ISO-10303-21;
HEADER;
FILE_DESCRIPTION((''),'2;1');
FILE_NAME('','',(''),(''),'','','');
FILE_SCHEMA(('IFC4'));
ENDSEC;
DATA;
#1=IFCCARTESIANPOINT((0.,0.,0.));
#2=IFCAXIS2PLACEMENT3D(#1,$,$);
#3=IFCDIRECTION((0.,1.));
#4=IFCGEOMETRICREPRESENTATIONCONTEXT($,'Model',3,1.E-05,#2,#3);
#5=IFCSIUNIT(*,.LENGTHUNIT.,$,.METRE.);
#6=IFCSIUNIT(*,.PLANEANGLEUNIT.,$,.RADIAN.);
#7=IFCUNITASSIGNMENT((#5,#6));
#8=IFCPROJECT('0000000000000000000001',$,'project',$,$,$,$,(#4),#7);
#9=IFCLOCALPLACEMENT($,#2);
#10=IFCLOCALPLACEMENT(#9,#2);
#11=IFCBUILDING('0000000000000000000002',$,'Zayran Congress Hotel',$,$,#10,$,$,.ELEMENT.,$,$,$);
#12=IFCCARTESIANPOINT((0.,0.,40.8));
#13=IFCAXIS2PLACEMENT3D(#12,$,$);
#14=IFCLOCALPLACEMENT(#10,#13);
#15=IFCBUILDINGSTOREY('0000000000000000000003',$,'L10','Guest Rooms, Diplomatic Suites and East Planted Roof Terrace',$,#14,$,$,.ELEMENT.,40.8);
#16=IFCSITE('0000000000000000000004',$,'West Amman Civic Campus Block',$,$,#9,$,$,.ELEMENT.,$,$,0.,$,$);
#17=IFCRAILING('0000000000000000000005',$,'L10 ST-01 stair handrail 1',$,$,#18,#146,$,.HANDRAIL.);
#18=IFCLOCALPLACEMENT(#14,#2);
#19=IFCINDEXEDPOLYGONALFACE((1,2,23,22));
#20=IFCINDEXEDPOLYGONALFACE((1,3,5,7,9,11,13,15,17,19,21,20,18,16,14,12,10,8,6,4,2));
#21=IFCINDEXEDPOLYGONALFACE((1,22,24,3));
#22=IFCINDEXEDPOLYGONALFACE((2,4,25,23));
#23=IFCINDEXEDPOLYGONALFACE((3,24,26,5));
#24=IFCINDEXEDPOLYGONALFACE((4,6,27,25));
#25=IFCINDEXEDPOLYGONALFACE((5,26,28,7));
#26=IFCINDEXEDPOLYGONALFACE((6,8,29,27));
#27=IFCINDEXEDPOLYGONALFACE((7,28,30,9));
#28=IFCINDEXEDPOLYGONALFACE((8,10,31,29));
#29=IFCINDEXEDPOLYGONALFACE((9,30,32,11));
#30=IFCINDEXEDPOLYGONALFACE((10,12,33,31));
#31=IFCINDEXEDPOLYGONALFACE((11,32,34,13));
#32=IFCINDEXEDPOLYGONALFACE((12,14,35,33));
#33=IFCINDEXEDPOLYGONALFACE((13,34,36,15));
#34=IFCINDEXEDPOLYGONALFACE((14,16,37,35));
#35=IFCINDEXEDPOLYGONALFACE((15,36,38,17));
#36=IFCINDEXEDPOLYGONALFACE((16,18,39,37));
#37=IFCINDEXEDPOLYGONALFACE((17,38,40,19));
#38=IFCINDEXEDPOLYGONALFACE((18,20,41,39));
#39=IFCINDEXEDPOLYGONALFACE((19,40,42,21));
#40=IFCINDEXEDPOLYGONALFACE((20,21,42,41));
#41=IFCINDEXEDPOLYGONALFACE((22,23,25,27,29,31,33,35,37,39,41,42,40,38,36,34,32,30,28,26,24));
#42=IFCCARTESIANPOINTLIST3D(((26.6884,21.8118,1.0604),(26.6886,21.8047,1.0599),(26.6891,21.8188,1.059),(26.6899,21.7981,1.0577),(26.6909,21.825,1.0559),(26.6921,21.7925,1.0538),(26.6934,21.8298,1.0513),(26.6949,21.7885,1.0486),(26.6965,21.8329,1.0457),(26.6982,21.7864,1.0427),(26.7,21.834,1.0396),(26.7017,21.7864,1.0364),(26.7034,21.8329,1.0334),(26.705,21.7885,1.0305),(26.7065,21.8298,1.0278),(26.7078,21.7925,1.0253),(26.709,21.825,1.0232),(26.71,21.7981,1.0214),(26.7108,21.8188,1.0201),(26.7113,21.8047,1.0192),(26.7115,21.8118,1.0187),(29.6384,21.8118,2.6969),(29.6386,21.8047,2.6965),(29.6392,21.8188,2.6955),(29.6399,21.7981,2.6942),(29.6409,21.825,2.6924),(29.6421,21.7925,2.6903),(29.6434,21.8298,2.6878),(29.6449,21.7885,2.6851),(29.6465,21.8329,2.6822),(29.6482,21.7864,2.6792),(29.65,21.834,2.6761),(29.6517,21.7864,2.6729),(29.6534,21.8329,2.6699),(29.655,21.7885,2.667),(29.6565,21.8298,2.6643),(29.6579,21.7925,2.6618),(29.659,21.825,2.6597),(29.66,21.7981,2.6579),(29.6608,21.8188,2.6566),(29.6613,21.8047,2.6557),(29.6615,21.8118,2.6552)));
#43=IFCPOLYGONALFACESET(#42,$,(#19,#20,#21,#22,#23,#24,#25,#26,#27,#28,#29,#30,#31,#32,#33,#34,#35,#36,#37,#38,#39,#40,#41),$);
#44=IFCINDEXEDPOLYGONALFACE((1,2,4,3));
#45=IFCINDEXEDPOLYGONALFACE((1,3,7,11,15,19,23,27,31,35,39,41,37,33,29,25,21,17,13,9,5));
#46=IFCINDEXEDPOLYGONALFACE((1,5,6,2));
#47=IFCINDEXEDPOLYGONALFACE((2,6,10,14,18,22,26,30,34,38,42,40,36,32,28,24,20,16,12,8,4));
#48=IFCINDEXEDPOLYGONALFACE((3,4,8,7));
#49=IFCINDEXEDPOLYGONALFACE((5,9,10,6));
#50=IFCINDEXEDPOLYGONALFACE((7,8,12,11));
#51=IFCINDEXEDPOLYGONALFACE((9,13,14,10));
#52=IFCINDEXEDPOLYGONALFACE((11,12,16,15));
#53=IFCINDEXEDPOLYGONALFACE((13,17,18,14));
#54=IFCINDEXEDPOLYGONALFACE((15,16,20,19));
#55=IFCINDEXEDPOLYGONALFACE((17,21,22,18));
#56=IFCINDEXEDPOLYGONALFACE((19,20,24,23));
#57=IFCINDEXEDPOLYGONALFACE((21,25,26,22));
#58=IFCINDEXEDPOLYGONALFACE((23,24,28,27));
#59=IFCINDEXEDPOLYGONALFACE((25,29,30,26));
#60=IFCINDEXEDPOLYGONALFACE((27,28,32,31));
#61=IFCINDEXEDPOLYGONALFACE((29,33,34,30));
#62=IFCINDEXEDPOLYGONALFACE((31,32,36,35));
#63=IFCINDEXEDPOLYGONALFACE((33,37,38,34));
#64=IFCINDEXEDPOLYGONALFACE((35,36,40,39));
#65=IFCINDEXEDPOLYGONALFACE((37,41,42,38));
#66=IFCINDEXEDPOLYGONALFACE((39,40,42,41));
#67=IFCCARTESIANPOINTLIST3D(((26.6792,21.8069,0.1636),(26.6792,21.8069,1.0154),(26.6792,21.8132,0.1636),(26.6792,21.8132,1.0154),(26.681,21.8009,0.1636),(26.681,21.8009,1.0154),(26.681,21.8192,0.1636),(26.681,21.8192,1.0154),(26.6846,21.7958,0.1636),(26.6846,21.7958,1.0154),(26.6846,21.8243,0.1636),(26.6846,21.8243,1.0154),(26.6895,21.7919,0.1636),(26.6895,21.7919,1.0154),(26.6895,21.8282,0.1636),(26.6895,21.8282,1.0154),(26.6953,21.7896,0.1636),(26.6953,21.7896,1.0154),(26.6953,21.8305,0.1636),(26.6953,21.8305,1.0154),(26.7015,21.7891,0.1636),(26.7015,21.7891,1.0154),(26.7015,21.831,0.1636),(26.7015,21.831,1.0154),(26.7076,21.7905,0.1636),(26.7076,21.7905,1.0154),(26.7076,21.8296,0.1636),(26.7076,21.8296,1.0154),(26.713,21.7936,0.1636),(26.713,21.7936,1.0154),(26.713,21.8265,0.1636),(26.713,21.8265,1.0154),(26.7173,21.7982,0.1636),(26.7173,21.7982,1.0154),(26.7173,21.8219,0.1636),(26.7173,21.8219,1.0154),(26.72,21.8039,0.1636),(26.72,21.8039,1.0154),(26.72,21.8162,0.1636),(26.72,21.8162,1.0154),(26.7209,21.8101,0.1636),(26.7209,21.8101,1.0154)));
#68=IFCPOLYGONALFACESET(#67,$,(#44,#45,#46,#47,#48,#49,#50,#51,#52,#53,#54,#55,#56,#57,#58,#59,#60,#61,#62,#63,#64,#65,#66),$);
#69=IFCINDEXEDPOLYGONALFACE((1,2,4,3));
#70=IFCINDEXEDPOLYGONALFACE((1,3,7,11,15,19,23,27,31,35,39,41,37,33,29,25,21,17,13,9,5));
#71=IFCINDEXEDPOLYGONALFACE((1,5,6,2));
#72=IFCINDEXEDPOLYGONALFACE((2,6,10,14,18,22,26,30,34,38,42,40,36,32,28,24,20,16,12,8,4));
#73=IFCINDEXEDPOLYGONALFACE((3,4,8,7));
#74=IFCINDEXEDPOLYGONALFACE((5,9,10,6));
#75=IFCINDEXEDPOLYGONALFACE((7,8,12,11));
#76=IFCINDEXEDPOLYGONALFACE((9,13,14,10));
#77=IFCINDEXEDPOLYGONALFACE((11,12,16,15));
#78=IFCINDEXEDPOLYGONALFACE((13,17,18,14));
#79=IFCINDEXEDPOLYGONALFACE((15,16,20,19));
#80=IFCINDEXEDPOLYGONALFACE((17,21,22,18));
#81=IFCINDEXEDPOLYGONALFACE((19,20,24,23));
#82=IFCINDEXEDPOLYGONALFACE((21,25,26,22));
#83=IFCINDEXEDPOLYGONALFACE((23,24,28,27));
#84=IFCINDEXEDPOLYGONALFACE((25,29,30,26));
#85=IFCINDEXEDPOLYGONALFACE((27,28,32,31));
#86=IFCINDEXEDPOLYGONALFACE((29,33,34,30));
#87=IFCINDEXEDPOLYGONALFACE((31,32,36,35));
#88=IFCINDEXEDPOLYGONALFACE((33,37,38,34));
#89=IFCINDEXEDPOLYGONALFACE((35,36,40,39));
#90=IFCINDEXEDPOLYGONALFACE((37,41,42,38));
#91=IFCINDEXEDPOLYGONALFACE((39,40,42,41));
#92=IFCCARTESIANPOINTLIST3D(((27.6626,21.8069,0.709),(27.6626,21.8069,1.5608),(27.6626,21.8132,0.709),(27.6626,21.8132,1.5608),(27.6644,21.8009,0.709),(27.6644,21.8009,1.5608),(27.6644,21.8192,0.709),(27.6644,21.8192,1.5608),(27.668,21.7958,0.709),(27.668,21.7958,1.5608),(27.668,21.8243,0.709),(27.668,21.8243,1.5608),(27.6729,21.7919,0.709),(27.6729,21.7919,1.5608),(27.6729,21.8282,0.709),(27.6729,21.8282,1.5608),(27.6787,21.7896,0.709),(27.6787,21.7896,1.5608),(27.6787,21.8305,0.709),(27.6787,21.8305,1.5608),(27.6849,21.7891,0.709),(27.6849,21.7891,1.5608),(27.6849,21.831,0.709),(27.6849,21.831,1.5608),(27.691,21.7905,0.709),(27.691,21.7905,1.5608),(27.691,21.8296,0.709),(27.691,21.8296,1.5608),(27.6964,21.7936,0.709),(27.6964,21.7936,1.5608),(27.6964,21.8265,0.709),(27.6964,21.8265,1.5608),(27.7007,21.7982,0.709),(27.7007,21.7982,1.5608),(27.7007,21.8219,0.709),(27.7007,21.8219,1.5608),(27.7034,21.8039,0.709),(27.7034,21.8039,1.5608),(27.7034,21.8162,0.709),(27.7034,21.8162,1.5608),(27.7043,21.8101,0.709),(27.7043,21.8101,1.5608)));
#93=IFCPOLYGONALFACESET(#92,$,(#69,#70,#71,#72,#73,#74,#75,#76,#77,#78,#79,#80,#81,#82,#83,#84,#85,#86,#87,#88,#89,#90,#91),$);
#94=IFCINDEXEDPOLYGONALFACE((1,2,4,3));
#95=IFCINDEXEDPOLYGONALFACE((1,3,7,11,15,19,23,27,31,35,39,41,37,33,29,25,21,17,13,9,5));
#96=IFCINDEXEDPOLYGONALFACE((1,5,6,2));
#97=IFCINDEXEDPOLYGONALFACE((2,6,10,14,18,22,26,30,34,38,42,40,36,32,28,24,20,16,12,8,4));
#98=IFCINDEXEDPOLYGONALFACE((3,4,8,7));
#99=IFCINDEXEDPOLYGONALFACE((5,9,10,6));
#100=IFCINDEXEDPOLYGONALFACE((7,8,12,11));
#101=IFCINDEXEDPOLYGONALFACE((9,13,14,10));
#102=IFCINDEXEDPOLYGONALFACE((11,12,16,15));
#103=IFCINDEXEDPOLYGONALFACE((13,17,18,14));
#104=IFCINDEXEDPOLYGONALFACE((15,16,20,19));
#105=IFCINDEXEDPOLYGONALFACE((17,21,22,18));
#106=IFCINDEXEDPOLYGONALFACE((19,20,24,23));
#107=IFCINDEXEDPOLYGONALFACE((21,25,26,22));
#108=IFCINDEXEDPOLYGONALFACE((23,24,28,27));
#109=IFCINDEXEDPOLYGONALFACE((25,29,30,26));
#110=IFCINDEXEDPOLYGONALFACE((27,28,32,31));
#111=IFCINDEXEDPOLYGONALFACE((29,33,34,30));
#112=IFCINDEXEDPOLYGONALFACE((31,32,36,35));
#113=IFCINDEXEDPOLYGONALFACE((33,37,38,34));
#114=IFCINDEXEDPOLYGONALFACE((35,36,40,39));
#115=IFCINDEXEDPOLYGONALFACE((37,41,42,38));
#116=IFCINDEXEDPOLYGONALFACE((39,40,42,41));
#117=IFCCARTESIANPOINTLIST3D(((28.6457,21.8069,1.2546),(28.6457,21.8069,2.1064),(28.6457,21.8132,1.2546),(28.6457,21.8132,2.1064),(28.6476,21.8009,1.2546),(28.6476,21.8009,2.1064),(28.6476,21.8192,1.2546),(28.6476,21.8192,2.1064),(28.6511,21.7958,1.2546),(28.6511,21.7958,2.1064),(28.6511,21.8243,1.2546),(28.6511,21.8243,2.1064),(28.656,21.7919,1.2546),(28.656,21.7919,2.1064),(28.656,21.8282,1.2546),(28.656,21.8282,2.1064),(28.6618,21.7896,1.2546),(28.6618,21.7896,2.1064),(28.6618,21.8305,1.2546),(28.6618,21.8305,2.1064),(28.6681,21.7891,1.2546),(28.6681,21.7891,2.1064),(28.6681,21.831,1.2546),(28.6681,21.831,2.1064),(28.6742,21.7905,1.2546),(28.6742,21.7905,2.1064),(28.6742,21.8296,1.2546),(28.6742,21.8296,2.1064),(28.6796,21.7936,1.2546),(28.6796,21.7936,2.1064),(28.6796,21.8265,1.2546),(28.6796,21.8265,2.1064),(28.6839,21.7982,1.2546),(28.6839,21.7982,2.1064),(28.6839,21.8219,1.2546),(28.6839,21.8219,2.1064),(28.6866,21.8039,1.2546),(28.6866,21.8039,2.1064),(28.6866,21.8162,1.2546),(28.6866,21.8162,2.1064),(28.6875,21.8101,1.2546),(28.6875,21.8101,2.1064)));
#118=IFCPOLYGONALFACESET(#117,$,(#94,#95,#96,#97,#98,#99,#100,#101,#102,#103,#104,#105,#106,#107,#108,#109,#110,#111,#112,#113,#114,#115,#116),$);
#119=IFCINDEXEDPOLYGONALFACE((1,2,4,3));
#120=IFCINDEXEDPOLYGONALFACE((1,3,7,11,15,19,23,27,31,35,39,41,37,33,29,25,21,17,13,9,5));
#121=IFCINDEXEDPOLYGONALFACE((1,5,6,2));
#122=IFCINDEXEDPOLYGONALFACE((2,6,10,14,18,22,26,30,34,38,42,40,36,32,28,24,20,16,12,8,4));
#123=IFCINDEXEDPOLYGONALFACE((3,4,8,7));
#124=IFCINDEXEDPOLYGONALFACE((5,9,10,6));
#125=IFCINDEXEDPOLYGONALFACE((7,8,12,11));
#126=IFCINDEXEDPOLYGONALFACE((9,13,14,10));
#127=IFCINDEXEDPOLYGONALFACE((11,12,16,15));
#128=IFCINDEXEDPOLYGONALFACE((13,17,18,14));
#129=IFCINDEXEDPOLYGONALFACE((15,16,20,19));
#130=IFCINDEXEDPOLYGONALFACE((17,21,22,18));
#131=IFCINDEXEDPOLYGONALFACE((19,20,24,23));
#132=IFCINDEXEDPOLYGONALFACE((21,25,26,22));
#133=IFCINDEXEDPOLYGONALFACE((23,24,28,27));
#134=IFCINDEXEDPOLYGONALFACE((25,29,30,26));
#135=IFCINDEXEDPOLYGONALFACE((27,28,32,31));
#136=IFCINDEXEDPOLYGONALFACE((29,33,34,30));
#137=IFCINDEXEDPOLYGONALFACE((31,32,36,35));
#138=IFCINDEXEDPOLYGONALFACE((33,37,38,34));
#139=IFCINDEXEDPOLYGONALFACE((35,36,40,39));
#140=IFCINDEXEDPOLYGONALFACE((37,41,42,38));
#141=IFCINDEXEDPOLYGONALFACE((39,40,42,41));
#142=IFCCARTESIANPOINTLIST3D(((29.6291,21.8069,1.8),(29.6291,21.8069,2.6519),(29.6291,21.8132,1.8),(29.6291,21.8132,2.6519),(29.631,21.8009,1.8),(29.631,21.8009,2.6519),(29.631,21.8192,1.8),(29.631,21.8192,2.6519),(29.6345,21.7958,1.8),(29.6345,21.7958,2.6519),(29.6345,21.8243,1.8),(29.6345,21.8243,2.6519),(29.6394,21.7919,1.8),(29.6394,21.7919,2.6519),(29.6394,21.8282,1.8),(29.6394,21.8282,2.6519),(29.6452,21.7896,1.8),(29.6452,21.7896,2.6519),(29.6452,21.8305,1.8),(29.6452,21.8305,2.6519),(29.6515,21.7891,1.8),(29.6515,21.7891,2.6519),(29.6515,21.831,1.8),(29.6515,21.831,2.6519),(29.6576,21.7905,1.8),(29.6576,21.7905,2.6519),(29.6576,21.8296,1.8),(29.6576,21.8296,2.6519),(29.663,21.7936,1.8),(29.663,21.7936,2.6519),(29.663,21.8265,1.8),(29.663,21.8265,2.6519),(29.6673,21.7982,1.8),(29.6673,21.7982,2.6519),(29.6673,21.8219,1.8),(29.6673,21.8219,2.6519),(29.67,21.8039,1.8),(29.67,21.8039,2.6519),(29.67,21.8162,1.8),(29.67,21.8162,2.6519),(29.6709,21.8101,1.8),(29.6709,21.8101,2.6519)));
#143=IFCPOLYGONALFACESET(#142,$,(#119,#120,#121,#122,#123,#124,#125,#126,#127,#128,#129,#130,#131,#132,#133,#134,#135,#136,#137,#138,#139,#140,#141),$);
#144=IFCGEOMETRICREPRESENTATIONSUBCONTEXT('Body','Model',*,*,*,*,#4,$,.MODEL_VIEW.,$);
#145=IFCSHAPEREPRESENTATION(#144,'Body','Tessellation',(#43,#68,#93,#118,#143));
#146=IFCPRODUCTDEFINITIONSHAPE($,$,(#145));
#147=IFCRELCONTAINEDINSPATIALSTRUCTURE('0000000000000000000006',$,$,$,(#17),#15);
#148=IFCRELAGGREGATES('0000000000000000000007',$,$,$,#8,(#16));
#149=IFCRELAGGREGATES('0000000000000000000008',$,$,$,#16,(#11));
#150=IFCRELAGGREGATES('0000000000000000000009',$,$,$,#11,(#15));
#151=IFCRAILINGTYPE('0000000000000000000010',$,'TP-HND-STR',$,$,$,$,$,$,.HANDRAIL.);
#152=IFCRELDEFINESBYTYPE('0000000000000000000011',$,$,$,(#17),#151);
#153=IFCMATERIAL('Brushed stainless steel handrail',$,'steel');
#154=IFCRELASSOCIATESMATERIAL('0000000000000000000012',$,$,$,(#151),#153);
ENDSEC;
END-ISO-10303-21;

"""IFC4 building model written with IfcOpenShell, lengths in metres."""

from ifc_helpers import new_model, si_unit, direction, frame, origin, origin_2d, place, context, subcontext, project, spatial, circle, extrude, material, type_object, element, save


model = new_model("IFC4")

# Units and contexts
model_context = context("Model", 3, precision=1e-05, world=origin(), true_north=direction((0.0, 1.0)))
body_context = subcontext(model_context, "Body", "Model", "MODEL_VIEW")
ifc_project = project(units=[si_unit("LENGTHUNIT", "METRE"), si_unit("PLANEANGLEUNIT", "RADIAN")], contexts=[model_context])

# Site, building, storey
site_placement = place(None, origin())
site = spatial("IfcSite", under=ifc_project, at=site_placement, Name="West Amman Civic Campus Block", CompositionType="ELEMENT", RefElevation=0.0)
building_placement = place(site_placement, origin())
building = spatial("IfcBuilding", under=site, at=building_placement, Name="Zayran Congress Hotel", CompositionType="ELEMENT")
storey_placement = place(building_placement, frame((0.0, 0.0, 40.8)))
storey = spatial("IfcBuildingStorey", under=building, at=storey_placement, Name="L10", Description="Guest Rooms, Diplomatic Suites and East Planted Roof Terrace", CompositionType="ELEMENT", Elevation=40.8)

# Railing
ifc_material_1 = material(Name="Brushed stainless steel handrail", Category="steel")
railing_type_1 = type_object("IfcRailingType", Name="TP-HND-STR", PredefinedType="HANDRAIL", material=ifc_material_1)
railing_1_placement = place(storey_placement, frame((26.7, 21.8101, 0.1636)))
element("IfcRailing", 1, at=railing_1_placement, inside=storey, type_object=railing_type_1, Name="L10 ST-01 stair handrail 1", PredefinedType="HANDRAIL", context=body_context, shape_type="SweptSolid", body=[
    extrude(circle(Radius=0.0239, at=origin_2d()), frame((0.0, 0.0, 0.876), z_axis=(0.874458, 0.0, 0.485102), x_axis=(0.0, 1.0, 0.0)), (0.0, 0.0, 1.0), 3.3735),
    extrude(circle(Radius=0.021, at=origin_2d()), origin(), (0.0, 0.0, 1.0), 0.8518),
    extrude(circle(Radius=0.021, at=origin_2d()), frame((0.9834, 0.0, 0.5454)), (0.0, 0.0, 1.0), 0.8518),
    extrude(circle(Radius=0.021, at=origin_2d()), frame((1.9666, 0.0, 1.0911)), (0.0, 0.0, 1.0), 0.8518),
    extrude(circle(Radius=0.021, at=origin_2d()), frame((2.95, 0.0, 1.6365)), (0.0, 0.0, 1.0), 0.8518),
])

save(model, "model.ifc")
